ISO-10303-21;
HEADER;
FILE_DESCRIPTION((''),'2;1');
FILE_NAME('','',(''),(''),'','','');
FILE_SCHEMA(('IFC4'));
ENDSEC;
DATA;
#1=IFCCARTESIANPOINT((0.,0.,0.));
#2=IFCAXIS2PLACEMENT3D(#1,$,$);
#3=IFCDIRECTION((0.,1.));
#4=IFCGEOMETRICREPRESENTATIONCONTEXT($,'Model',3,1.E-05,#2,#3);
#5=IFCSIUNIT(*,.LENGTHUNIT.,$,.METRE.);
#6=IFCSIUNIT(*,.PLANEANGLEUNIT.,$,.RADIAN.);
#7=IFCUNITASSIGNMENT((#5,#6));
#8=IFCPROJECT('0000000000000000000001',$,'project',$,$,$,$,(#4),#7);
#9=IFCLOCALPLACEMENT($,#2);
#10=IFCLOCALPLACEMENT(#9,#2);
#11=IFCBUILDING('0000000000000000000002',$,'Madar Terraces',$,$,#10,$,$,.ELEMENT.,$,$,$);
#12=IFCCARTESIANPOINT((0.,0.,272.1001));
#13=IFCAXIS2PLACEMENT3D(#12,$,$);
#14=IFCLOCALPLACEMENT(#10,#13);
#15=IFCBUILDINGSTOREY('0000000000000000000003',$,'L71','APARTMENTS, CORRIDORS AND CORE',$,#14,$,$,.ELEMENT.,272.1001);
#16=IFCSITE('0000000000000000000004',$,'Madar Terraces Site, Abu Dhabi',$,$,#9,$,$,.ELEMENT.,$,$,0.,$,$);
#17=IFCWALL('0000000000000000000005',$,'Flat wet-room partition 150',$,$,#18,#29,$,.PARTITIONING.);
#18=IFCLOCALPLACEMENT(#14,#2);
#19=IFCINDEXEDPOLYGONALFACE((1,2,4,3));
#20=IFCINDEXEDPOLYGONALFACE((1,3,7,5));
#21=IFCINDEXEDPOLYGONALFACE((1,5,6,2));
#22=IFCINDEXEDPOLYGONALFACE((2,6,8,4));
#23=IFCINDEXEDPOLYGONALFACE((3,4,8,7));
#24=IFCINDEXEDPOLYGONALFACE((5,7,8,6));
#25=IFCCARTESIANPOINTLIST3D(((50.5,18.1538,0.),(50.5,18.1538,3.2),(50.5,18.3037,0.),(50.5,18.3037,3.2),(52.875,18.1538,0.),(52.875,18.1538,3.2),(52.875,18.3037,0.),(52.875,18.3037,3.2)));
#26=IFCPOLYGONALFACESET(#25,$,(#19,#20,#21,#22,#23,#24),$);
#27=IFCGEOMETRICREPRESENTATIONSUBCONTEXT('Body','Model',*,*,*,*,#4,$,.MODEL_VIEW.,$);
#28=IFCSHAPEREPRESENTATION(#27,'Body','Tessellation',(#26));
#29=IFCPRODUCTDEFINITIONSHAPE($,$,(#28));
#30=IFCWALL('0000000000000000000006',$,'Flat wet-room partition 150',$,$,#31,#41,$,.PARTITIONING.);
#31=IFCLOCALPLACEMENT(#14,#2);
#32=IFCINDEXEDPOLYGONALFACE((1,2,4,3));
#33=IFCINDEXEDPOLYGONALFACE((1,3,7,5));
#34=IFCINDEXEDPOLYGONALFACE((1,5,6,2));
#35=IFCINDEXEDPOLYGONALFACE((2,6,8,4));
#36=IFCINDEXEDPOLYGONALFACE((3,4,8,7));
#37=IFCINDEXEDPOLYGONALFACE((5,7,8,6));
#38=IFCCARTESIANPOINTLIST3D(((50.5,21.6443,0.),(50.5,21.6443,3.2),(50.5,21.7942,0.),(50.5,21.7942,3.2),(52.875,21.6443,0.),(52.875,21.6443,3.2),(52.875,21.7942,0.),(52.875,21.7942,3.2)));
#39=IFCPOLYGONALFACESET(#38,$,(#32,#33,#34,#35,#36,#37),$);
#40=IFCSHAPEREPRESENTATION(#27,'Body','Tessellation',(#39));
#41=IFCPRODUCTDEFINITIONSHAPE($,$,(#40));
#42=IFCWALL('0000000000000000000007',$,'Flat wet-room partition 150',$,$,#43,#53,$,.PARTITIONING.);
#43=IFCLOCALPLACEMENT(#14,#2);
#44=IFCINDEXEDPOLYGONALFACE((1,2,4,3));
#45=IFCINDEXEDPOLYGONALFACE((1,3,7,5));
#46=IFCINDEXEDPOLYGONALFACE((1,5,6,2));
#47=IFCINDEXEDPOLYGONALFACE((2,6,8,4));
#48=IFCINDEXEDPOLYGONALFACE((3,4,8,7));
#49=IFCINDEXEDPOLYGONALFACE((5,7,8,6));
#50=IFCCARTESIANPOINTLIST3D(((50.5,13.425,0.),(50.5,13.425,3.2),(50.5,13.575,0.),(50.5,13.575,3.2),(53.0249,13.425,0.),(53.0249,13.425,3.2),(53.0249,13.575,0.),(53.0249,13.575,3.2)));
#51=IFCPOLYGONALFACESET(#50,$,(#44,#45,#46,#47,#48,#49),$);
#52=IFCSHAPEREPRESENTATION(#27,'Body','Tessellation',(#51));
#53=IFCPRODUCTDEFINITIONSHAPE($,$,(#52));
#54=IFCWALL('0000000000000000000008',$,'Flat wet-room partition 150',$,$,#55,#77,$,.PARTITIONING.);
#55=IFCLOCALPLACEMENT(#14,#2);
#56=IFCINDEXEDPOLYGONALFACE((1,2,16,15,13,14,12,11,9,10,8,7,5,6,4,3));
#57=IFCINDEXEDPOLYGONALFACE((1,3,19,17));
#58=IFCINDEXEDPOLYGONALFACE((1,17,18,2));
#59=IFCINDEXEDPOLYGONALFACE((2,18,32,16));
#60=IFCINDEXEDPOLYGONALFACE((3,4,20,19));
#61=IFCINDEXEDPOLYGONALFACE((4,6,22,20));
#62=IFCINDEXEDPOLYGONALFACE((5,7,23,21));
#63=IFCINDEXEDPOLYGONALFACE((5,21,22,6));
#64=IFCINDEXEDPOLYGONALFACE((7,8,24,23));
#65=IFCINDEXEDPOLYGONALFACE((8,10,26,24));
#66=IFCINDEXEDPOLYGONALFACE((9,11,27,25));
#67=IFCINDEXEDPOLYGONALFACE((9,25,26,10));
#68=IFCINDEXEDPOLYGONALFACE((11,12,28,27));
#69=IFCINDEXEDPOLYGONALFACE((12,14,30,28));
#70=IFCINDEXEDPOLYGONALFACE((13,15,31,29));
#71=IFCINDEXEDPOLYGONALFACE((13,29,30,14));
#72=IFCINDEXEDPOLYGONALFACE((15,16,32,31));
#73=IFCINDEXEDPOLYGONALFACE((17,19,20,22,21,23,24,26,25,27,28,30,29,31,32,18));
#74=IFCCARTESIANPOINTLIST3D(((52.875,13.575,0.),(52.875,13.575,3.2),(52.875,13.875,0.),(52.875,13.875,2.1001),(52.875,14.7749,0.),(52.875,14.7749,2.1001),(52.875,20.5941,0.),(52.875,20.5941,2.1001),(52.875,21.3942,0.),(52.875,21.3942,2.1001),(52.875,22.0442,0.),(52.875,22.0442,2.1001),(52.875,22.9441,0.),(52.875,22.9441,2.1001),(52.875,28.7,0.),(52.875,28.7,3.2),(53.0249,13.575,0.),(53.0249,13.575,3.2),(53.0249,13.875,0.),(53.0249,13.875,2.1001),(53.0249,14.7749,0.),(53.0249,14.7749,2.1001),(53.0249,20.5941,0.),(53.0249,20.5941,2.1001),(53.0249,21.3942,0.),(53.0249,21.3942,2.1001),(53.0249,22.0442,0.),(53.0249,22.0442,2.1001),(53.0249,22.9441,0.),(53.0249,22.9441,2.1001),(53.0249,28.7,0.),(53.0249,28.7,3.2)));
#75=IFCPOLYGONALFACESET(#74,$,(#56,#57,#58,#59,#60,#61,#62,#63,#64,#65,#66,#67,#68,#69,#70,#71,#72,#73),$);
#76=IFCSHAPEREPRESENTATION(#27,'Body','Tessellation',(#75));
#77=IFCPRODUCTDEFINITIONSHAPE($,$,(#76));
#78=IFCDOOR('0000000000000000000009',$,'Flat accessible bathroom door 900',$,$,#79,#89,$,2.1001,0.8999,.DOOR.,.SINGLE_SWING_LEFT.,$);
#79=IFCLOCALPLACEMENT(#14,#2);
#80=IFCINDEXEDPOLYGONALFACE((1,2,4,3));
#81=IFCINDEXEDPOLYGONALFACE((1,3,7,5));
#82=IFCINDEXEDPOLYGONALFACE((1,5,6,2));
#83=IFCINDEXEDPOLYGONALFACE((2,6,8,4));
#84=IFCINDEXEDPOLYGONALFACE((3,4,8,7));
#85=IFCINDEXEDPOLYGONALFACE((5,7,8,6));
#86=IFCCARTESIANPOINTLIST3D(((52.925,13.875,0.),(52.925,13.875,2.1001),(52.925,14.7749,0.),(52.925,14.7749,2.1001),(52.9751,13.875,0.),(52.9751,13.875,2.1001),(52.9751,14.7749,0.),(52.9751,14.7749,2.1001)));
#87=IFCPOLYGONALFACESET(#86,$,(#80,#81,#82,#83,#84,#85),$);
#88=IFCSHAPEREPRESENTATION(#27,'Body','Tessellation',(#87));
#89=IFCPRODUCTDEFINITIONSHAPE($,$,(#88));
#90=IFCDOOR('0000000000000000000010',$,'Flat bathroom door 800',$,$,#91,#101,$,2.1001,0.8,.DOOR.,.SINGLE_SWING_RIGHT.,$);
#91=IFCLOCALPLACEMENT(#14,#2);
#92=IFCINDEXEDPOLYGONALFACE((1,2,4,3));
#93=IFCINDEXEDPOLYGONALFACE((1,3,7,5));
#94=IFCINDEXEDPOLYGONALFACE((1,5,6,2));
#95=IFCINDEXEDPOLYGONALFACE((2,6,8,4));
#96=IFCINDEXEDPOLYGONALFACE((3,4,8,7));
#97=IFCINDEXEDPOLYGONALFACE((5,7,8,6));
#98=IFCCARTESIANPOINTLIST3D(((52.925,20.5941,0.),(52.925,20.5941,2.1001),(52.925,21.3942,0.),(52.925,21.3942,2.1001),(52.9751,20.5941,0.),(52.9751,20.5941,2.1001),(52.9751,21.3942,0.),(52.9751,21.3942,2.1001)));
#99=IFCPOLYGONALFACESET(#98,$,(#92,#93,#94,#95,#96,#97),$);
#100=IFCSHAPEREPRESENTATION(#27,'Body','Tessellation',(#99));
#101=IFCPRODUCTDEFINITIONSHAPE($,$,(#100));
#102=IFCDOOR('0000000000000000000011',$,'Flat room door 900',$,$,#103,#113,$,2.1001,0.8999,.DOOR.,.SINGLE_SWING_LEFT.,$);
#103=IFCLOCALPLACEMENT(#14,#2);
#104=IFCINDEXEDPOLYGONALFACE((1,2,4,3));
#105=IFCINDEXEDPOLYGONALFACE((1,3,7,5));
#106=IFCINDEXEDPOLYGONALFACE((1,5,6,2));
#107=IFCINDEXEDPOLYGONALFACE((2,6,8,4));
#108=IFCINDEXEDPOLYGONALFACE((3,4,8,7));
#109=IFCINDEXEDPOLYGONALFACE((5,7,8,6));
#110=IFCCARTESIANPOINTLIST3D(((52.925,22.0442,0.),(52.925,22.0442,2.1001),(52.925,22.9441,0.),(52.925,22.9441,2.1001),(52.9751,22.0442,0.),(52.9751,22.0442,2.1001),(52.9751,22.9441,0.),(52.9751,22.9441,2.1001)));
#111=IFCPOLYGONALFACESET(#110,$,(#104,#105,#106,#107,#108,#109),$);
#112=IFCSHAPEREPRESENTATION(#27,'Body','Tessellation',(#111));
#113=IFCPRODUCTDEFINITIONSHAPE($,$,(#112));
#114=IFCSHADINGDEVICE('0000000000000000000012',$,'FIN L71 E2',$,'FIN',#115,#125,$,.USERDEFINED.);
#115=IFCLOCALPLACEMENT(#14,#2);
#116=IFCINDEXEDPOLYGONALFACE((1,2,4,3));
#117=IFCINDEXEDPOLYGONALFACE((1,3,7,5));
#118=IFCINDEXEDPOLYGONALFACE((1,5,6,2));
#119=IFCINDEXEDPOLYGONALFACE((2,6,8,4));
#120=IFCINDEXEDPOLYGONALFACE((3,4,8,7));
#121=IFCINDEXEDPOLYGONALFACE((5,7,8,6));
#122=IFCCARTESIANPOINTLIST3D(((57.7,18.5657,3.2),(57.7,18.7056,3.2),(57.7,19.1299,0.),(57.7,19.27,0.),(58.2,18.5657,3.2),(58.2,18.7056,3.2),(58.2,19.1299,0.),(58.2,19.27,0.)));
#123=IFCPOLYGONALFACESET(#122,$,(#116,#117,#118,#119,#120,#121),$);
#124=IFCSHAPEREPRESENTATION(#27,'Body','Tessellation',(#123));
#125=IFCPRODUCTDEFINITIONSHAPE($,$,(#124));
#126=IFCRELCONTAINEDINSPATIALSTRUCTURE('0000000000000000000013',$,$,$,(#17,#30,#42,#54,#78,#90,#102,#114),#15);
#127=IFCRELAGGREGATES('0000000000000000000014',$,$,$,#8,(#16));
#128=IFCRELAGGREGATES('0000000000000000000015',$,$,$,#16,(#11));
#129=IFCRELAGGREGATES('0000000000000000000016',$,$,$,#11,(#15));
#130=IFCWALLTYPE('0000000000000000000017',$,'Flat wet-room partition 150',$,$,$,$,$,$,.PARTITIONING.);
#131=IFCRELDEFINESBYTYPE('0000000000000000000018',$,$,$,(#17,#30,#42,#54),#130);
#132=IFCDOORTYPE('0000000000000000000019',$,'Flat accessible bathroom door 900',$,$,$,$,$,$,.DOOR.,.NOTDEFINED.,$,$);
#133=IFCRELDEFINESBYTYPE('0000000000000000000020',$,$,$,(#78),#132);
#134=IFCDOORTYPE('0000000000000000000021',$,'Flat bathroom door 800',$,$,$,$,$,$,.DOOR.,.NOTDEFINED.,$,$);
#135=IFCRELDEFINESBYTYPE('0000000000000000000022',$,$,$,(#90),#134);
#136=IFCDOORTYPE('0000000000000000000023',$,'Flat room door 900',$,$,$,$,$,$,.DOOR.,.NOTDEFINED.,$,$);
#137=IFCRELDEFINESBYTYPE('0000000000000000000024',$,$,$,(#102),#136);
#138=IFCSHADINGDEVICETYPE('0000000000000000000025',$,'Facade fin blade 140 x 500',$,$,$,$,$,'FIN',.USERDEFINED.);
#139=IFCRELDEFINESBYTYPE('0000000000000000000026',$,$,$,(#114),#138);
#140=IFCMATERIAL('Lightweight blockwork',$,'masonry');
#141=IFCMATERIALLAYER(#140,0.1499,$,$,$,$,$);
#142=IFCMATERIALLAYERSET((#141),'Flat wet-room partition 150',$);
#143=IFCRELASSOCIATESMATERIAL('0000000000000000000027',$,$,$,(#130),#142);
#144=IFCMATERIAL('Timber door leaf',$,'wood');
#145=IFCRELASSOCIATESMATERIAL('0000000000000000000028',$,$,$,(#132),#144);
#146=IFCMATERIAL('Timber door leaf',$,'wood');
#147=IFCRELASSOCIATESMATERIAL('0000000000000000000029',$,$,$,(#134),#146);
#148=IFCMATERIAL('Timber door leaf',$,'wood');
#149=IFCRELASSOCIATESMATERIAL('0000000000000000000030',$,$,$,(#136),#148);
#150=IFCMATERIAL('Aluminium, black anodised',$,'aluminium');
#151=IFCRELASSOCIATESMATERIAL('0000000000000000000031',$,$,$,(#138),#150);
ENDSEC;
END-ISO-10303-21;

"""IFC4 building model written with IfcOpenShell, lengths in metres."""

from ifc_helpers import new_model, si_unit, direction, frame, frame_2d, origin, place, context, subcontext, project, spatial, polyline, rectangle, outline, extrude, material, layer, layer_set, type_object, element, fill, save


model = new_model("IFC4")

# Units and contexts
model_context = context("Model", 3, precision=1e-05, world=origin(), true_north=direction((0.0, 1.0)))
body_context = subcontext(model_context, "Body", "Model", "MODEL_VIEW")
ifc_project = project(units=[si_unit("LENGTHUNIT", "METRE"), si_unit("PLANEANGLEUNIT", "RADIAN")], contexts=[model_context])

# Site, building, storey
site_placement = place(None, origin())
site = spatial("IfcSite", under=ifc_project, at=site_placement, Name="Madar Terraces Site, Abu Dhabi", CompositionType="ELEMENT", RefElevation=0.0)
building_placement = place(site_placement, origin())
building = spatial("IfcBuilding", under=site, at=building_placement, Name="Madar Terraces", CompositionType="ELEMENT")
storey_placement = place(building_placement, frame((0.0, 0.0, 272.1001)))
storey = spatial("IfcBuildingStorey", under=building, at=storey_placement, Name="L71", Description="APARTMENTS, CORRIDORS AND CORE", CompositionType="ELEMENT", Elevation=272.1001)

# Walls
ifc_material_1 = material(Name="Lightweight blockwork", Category="masonry")
ifc_layer_1 = layer(ifc_material_1, 0.1499)
ifc_layer_set_1 = layer_set([ifc_layer_1], Name="Flat wet-room partition 150")
wall_type_1 = type_object("IfcWallType", Name="Flat wet-room partition 150", PredefinedType="PARTITIONING", material=ifc_layer_set_1)
for number, where, z_axis, x_axis, name in (
    (1, (50.5, 18.2288, 0.0), (0.0, 0.0, 1.0), (1.0, 0.0, 0.0), "Flat wet-room partition 150"),
    (2, (50.5, 21.7192, 0.0), (0.0, 0.0, 1.0), (1.0, 0.0, 0.0), "Flat wet-room partition 150"),
):
    element("IfcWall", number, at=place(storey_placement, frame(where, z_axis=z_axis, x_axis=x_axis)), inside=storey, type_object=wall_type_1, Name=name, PredefinedType="PARTITIONING", context=body_context, shape_type="SweptSolid", body=[
        extrude(rectangle(XDim=2.375, YDim=0.1499, at=frame_2d((1.1875, 0.0))), origin(), (0.0, 0.0, 1.0), 3.2),
    ])
wall_1_placement = place(storey_placement, frame((50.5, 13.5, 0.0), z_axis=(0.0, 0.0, 1.0), x_axis=(1.0, 0.0, 0.0)))
element("IfcWall", 3, at=wall_1_placement, inside=storey, type_object=wall_type_1, Name="Flat wet-room partition 150", PredefinedType="PARTITIONING", context=body_context, shape_type="SweptSolid", body=[
    extrude(rectangle(XDim=2.5249, YDim=0.1499, at=frame_2d((1.2625, 0.0))), origin(), (0.0, 0.0, 1.0), 3.2),
])

# Wall, openings, doors
wall_2_placement = place(storey_placement, frame((52.95, 13.575, 0.0), z_axis=(0.0, 0.0, 1.0), x_axis=(0.0, 1.0, 0.0)))
wall_2 = element("IfcWall", 4, at=wall_2_placement, inside=storey, type_object=wall_type_1, Name="Flat wet-room partition 150", PredefinedType="PARTITIONING", context=body_context, shape_type="SweptSolid", body=[
    extrude(rectangle(XDim=15.125, YDim=0.1499, at=frame_2d((7.5625, 0.0))), origin(), (0.0, 0.0, 1.0), 3.2),
])
opening_1_placement = place(wall_2_placement, frame((0.3, 0.0, 0.0)))
opening_1 = element("IfcOpeningElement", 5, at=opening_1_placement, cuts=wall_2, PredefinedType="OPENING", context=body_context, shape_type="SweptSolid", body=[
    extrude(rectangle(XDim=0.8999, YDim=2.1001, at=frame_2d((0.45, 1.05))), frame((0.0, 0.085, 0.0), z_axis=(0.0, -1.0, 0.0), x_axis=(1.0, 0.0, 0.0)), (0.0, 0.0, 1.0), 0.1699),
])
opening_2_placement = place(wall_2_placement, frame((7.0193, 0.0, 0.0)))
opening_2 = element("IfcOpeningElement", 6, at=opening_2_placement, cuts=wall_2, PredefinedType="OPENING", context=body_context, shape_type="SweptSolid", body=[
    extrude(rectangle(XDim=0.8, YDim=2.1001, at=frame_2d((0.3999, 1.05))), frame((0.0, 0.085, 0.0), z_axis=(0.0, -1.0, 0.0), x_axis=(1.0, 0.0, 0.0)), (0.0, 0.0, 1.0), 0.1699),
])
opening_3_placement = place(wall_2_placement, frame((8.4692, 0.0, 0.0)))
opening_3 = element("IfcOpeningElement", 7, at=opening_3_placement, cuts=wall_2, PredefinedType="OPENING", context=body_context, shape_type="SweptSolid", body=[
    extrude(rectangle(XDim=0.8999, YDim=2.1001, at=frame_2d((0.45, 1.05))), frame((0.0, 0.085, 0.0), z_axis=(0.0, -1.0, 0.0), x_axis=(1.0, 0.0, 0.0)), (0.0, 0.0, 1.0), 0.1699),
])
ifc_material_2 = material(Name="Timber door leaf", Category="wood")
door_type_1 = type_object("IfcDoorType", Name="Flat accessible bathroom door 900", OperationType="NOTDEFINED", PredefinedType="DOOR", material=ifc_material_2)
door_1_placement = place(opening_1_placement, origin())
door_1 = element("IfcDoor", 8, at=door_1_placement, inside=storey, type_object=door_type_1, Name="Flat accessible bathroom door 900", OperationType="SINGLE_SWING_LEFT", OverallHeight=2.1001, OverallWidth=0.8999, PredefinedType="DOOR", context=body_context, shape_type="SweptSolid", body=[
    extrude(rectangle(XDim=0.8999, YDim=2.1001, at=frame_2d((0.45, 1.05))), frame((0.0, 0.0249, 0.0), z_axis=(0.0, -1.0, 0.0), x_axis=(1.0, 0.0, 0.0)), (0.0, 0.0, 1.0), 0.05),
])
fill(opening_1, door_1)
ifc_material_3 = material(Name="Timber door leaf", Category="wood")
door_type_2 = type_object("IfcDoorType", Name="Flat bathroom door 800", OperationType="NOTDEFINED", PredefinedType="DOOR", material=ifc_material_3)
door_2_placement = place(opening_2_placement, origin())
door_2 = element("IfcDoor", 9, at=door_2_placement, inside=storey, type_object=door_type_2, Name="Flat bathroom door 800", OperationType="SINGLE_SWING_RIGHT", OverallHeight=2.1001, OverallWidth=0.8, PredefinedType="DOOR", context=body_context, shape_type="SweptSolid", body=[
    extrude(rectangle(XDim=0.8, YDim=2.1001, at=frame_2d((0.3999, 1.05))), frame((0.0, 0.0249, 0.0), z_axis=(0.0, -1.0, 0.0), x_axis=(1.0, 0.0, 0.0)), (0.0, 0.0, 1.0), 0.05),
])
fill(opening_2, door_2)
ifc_material_4 = material(Name="Timber door leaf", Category="wood")
door_type_3 = type_object("IfcDoorType", Name="Flat room door 900", OperationType="NOTDEFINED", PredefinedType="DOOR", material=ifc_material_4)
door_3_placement = place(opening_3_placement, origin())
door_3 = element("IfcDoor", 10, at=door_3_placement, inside=storey, type_object=door_type_3, Name="Flat room door 900", OperationType="SINGLE_SWING_LEFT", OverallHeight=2.1001, OverallWidth=0.8999, PredefinedType="DOOR", context=body_context, shape_type="SweptSolid", body=[
    extrude(rectangle(XDim=0.8999, YDim=2.1001, at=frame_2d((0.45, 1.05))), frame((0.0, 0.0249, 0.0), z_axis=(0.0, -1.0, 0.0), x_axis=(1.0, 0.0, 0.0)), (0.0, 0.0, 1.0), 0.05),
])
fill(opening_3, door_3)

# Shading device
ifc_material_5 = material(Name="Aluminium, black anodised", Category="aluminium")
shading_device_type = type_object("IfcShadingDeviceType", Name="Facade fin blade 140 x 500", ElementType="FIN", PredefinedType="USERDEFINED", material=ifc_material_5)
shading_device_placement = place(storey_placement, frame((57.95, 19.1299, 0.0), z_axis=(0.0, 0.0, 1.0), x_axis=(0.0, 1.0, 0.0)))
element("IfcShadingDevice", 11, at=shading_device_placement, inside=storey, type_object=shading_device_type, Name="FIN L71 E2", ObjectType="FIN", PredefinedType="USERDEFINED", context=body_context, shape_type="SweptSolid", body=[
    extrude(outline(polyline([(0.0, 0.0), (0.1401, 0.0), (-0.4243, 3.2), (-0.5642, 3.2), (0.0, 0.0)])), frame((0.0, 0.25, 0.0), z_axis=(0.0, -1.0, 0.0), x_axis=(1.0, 0.0, 0.0)), (0.0, 0.0, 1.0), 0.5),
])

save(model, "model.ifc")
